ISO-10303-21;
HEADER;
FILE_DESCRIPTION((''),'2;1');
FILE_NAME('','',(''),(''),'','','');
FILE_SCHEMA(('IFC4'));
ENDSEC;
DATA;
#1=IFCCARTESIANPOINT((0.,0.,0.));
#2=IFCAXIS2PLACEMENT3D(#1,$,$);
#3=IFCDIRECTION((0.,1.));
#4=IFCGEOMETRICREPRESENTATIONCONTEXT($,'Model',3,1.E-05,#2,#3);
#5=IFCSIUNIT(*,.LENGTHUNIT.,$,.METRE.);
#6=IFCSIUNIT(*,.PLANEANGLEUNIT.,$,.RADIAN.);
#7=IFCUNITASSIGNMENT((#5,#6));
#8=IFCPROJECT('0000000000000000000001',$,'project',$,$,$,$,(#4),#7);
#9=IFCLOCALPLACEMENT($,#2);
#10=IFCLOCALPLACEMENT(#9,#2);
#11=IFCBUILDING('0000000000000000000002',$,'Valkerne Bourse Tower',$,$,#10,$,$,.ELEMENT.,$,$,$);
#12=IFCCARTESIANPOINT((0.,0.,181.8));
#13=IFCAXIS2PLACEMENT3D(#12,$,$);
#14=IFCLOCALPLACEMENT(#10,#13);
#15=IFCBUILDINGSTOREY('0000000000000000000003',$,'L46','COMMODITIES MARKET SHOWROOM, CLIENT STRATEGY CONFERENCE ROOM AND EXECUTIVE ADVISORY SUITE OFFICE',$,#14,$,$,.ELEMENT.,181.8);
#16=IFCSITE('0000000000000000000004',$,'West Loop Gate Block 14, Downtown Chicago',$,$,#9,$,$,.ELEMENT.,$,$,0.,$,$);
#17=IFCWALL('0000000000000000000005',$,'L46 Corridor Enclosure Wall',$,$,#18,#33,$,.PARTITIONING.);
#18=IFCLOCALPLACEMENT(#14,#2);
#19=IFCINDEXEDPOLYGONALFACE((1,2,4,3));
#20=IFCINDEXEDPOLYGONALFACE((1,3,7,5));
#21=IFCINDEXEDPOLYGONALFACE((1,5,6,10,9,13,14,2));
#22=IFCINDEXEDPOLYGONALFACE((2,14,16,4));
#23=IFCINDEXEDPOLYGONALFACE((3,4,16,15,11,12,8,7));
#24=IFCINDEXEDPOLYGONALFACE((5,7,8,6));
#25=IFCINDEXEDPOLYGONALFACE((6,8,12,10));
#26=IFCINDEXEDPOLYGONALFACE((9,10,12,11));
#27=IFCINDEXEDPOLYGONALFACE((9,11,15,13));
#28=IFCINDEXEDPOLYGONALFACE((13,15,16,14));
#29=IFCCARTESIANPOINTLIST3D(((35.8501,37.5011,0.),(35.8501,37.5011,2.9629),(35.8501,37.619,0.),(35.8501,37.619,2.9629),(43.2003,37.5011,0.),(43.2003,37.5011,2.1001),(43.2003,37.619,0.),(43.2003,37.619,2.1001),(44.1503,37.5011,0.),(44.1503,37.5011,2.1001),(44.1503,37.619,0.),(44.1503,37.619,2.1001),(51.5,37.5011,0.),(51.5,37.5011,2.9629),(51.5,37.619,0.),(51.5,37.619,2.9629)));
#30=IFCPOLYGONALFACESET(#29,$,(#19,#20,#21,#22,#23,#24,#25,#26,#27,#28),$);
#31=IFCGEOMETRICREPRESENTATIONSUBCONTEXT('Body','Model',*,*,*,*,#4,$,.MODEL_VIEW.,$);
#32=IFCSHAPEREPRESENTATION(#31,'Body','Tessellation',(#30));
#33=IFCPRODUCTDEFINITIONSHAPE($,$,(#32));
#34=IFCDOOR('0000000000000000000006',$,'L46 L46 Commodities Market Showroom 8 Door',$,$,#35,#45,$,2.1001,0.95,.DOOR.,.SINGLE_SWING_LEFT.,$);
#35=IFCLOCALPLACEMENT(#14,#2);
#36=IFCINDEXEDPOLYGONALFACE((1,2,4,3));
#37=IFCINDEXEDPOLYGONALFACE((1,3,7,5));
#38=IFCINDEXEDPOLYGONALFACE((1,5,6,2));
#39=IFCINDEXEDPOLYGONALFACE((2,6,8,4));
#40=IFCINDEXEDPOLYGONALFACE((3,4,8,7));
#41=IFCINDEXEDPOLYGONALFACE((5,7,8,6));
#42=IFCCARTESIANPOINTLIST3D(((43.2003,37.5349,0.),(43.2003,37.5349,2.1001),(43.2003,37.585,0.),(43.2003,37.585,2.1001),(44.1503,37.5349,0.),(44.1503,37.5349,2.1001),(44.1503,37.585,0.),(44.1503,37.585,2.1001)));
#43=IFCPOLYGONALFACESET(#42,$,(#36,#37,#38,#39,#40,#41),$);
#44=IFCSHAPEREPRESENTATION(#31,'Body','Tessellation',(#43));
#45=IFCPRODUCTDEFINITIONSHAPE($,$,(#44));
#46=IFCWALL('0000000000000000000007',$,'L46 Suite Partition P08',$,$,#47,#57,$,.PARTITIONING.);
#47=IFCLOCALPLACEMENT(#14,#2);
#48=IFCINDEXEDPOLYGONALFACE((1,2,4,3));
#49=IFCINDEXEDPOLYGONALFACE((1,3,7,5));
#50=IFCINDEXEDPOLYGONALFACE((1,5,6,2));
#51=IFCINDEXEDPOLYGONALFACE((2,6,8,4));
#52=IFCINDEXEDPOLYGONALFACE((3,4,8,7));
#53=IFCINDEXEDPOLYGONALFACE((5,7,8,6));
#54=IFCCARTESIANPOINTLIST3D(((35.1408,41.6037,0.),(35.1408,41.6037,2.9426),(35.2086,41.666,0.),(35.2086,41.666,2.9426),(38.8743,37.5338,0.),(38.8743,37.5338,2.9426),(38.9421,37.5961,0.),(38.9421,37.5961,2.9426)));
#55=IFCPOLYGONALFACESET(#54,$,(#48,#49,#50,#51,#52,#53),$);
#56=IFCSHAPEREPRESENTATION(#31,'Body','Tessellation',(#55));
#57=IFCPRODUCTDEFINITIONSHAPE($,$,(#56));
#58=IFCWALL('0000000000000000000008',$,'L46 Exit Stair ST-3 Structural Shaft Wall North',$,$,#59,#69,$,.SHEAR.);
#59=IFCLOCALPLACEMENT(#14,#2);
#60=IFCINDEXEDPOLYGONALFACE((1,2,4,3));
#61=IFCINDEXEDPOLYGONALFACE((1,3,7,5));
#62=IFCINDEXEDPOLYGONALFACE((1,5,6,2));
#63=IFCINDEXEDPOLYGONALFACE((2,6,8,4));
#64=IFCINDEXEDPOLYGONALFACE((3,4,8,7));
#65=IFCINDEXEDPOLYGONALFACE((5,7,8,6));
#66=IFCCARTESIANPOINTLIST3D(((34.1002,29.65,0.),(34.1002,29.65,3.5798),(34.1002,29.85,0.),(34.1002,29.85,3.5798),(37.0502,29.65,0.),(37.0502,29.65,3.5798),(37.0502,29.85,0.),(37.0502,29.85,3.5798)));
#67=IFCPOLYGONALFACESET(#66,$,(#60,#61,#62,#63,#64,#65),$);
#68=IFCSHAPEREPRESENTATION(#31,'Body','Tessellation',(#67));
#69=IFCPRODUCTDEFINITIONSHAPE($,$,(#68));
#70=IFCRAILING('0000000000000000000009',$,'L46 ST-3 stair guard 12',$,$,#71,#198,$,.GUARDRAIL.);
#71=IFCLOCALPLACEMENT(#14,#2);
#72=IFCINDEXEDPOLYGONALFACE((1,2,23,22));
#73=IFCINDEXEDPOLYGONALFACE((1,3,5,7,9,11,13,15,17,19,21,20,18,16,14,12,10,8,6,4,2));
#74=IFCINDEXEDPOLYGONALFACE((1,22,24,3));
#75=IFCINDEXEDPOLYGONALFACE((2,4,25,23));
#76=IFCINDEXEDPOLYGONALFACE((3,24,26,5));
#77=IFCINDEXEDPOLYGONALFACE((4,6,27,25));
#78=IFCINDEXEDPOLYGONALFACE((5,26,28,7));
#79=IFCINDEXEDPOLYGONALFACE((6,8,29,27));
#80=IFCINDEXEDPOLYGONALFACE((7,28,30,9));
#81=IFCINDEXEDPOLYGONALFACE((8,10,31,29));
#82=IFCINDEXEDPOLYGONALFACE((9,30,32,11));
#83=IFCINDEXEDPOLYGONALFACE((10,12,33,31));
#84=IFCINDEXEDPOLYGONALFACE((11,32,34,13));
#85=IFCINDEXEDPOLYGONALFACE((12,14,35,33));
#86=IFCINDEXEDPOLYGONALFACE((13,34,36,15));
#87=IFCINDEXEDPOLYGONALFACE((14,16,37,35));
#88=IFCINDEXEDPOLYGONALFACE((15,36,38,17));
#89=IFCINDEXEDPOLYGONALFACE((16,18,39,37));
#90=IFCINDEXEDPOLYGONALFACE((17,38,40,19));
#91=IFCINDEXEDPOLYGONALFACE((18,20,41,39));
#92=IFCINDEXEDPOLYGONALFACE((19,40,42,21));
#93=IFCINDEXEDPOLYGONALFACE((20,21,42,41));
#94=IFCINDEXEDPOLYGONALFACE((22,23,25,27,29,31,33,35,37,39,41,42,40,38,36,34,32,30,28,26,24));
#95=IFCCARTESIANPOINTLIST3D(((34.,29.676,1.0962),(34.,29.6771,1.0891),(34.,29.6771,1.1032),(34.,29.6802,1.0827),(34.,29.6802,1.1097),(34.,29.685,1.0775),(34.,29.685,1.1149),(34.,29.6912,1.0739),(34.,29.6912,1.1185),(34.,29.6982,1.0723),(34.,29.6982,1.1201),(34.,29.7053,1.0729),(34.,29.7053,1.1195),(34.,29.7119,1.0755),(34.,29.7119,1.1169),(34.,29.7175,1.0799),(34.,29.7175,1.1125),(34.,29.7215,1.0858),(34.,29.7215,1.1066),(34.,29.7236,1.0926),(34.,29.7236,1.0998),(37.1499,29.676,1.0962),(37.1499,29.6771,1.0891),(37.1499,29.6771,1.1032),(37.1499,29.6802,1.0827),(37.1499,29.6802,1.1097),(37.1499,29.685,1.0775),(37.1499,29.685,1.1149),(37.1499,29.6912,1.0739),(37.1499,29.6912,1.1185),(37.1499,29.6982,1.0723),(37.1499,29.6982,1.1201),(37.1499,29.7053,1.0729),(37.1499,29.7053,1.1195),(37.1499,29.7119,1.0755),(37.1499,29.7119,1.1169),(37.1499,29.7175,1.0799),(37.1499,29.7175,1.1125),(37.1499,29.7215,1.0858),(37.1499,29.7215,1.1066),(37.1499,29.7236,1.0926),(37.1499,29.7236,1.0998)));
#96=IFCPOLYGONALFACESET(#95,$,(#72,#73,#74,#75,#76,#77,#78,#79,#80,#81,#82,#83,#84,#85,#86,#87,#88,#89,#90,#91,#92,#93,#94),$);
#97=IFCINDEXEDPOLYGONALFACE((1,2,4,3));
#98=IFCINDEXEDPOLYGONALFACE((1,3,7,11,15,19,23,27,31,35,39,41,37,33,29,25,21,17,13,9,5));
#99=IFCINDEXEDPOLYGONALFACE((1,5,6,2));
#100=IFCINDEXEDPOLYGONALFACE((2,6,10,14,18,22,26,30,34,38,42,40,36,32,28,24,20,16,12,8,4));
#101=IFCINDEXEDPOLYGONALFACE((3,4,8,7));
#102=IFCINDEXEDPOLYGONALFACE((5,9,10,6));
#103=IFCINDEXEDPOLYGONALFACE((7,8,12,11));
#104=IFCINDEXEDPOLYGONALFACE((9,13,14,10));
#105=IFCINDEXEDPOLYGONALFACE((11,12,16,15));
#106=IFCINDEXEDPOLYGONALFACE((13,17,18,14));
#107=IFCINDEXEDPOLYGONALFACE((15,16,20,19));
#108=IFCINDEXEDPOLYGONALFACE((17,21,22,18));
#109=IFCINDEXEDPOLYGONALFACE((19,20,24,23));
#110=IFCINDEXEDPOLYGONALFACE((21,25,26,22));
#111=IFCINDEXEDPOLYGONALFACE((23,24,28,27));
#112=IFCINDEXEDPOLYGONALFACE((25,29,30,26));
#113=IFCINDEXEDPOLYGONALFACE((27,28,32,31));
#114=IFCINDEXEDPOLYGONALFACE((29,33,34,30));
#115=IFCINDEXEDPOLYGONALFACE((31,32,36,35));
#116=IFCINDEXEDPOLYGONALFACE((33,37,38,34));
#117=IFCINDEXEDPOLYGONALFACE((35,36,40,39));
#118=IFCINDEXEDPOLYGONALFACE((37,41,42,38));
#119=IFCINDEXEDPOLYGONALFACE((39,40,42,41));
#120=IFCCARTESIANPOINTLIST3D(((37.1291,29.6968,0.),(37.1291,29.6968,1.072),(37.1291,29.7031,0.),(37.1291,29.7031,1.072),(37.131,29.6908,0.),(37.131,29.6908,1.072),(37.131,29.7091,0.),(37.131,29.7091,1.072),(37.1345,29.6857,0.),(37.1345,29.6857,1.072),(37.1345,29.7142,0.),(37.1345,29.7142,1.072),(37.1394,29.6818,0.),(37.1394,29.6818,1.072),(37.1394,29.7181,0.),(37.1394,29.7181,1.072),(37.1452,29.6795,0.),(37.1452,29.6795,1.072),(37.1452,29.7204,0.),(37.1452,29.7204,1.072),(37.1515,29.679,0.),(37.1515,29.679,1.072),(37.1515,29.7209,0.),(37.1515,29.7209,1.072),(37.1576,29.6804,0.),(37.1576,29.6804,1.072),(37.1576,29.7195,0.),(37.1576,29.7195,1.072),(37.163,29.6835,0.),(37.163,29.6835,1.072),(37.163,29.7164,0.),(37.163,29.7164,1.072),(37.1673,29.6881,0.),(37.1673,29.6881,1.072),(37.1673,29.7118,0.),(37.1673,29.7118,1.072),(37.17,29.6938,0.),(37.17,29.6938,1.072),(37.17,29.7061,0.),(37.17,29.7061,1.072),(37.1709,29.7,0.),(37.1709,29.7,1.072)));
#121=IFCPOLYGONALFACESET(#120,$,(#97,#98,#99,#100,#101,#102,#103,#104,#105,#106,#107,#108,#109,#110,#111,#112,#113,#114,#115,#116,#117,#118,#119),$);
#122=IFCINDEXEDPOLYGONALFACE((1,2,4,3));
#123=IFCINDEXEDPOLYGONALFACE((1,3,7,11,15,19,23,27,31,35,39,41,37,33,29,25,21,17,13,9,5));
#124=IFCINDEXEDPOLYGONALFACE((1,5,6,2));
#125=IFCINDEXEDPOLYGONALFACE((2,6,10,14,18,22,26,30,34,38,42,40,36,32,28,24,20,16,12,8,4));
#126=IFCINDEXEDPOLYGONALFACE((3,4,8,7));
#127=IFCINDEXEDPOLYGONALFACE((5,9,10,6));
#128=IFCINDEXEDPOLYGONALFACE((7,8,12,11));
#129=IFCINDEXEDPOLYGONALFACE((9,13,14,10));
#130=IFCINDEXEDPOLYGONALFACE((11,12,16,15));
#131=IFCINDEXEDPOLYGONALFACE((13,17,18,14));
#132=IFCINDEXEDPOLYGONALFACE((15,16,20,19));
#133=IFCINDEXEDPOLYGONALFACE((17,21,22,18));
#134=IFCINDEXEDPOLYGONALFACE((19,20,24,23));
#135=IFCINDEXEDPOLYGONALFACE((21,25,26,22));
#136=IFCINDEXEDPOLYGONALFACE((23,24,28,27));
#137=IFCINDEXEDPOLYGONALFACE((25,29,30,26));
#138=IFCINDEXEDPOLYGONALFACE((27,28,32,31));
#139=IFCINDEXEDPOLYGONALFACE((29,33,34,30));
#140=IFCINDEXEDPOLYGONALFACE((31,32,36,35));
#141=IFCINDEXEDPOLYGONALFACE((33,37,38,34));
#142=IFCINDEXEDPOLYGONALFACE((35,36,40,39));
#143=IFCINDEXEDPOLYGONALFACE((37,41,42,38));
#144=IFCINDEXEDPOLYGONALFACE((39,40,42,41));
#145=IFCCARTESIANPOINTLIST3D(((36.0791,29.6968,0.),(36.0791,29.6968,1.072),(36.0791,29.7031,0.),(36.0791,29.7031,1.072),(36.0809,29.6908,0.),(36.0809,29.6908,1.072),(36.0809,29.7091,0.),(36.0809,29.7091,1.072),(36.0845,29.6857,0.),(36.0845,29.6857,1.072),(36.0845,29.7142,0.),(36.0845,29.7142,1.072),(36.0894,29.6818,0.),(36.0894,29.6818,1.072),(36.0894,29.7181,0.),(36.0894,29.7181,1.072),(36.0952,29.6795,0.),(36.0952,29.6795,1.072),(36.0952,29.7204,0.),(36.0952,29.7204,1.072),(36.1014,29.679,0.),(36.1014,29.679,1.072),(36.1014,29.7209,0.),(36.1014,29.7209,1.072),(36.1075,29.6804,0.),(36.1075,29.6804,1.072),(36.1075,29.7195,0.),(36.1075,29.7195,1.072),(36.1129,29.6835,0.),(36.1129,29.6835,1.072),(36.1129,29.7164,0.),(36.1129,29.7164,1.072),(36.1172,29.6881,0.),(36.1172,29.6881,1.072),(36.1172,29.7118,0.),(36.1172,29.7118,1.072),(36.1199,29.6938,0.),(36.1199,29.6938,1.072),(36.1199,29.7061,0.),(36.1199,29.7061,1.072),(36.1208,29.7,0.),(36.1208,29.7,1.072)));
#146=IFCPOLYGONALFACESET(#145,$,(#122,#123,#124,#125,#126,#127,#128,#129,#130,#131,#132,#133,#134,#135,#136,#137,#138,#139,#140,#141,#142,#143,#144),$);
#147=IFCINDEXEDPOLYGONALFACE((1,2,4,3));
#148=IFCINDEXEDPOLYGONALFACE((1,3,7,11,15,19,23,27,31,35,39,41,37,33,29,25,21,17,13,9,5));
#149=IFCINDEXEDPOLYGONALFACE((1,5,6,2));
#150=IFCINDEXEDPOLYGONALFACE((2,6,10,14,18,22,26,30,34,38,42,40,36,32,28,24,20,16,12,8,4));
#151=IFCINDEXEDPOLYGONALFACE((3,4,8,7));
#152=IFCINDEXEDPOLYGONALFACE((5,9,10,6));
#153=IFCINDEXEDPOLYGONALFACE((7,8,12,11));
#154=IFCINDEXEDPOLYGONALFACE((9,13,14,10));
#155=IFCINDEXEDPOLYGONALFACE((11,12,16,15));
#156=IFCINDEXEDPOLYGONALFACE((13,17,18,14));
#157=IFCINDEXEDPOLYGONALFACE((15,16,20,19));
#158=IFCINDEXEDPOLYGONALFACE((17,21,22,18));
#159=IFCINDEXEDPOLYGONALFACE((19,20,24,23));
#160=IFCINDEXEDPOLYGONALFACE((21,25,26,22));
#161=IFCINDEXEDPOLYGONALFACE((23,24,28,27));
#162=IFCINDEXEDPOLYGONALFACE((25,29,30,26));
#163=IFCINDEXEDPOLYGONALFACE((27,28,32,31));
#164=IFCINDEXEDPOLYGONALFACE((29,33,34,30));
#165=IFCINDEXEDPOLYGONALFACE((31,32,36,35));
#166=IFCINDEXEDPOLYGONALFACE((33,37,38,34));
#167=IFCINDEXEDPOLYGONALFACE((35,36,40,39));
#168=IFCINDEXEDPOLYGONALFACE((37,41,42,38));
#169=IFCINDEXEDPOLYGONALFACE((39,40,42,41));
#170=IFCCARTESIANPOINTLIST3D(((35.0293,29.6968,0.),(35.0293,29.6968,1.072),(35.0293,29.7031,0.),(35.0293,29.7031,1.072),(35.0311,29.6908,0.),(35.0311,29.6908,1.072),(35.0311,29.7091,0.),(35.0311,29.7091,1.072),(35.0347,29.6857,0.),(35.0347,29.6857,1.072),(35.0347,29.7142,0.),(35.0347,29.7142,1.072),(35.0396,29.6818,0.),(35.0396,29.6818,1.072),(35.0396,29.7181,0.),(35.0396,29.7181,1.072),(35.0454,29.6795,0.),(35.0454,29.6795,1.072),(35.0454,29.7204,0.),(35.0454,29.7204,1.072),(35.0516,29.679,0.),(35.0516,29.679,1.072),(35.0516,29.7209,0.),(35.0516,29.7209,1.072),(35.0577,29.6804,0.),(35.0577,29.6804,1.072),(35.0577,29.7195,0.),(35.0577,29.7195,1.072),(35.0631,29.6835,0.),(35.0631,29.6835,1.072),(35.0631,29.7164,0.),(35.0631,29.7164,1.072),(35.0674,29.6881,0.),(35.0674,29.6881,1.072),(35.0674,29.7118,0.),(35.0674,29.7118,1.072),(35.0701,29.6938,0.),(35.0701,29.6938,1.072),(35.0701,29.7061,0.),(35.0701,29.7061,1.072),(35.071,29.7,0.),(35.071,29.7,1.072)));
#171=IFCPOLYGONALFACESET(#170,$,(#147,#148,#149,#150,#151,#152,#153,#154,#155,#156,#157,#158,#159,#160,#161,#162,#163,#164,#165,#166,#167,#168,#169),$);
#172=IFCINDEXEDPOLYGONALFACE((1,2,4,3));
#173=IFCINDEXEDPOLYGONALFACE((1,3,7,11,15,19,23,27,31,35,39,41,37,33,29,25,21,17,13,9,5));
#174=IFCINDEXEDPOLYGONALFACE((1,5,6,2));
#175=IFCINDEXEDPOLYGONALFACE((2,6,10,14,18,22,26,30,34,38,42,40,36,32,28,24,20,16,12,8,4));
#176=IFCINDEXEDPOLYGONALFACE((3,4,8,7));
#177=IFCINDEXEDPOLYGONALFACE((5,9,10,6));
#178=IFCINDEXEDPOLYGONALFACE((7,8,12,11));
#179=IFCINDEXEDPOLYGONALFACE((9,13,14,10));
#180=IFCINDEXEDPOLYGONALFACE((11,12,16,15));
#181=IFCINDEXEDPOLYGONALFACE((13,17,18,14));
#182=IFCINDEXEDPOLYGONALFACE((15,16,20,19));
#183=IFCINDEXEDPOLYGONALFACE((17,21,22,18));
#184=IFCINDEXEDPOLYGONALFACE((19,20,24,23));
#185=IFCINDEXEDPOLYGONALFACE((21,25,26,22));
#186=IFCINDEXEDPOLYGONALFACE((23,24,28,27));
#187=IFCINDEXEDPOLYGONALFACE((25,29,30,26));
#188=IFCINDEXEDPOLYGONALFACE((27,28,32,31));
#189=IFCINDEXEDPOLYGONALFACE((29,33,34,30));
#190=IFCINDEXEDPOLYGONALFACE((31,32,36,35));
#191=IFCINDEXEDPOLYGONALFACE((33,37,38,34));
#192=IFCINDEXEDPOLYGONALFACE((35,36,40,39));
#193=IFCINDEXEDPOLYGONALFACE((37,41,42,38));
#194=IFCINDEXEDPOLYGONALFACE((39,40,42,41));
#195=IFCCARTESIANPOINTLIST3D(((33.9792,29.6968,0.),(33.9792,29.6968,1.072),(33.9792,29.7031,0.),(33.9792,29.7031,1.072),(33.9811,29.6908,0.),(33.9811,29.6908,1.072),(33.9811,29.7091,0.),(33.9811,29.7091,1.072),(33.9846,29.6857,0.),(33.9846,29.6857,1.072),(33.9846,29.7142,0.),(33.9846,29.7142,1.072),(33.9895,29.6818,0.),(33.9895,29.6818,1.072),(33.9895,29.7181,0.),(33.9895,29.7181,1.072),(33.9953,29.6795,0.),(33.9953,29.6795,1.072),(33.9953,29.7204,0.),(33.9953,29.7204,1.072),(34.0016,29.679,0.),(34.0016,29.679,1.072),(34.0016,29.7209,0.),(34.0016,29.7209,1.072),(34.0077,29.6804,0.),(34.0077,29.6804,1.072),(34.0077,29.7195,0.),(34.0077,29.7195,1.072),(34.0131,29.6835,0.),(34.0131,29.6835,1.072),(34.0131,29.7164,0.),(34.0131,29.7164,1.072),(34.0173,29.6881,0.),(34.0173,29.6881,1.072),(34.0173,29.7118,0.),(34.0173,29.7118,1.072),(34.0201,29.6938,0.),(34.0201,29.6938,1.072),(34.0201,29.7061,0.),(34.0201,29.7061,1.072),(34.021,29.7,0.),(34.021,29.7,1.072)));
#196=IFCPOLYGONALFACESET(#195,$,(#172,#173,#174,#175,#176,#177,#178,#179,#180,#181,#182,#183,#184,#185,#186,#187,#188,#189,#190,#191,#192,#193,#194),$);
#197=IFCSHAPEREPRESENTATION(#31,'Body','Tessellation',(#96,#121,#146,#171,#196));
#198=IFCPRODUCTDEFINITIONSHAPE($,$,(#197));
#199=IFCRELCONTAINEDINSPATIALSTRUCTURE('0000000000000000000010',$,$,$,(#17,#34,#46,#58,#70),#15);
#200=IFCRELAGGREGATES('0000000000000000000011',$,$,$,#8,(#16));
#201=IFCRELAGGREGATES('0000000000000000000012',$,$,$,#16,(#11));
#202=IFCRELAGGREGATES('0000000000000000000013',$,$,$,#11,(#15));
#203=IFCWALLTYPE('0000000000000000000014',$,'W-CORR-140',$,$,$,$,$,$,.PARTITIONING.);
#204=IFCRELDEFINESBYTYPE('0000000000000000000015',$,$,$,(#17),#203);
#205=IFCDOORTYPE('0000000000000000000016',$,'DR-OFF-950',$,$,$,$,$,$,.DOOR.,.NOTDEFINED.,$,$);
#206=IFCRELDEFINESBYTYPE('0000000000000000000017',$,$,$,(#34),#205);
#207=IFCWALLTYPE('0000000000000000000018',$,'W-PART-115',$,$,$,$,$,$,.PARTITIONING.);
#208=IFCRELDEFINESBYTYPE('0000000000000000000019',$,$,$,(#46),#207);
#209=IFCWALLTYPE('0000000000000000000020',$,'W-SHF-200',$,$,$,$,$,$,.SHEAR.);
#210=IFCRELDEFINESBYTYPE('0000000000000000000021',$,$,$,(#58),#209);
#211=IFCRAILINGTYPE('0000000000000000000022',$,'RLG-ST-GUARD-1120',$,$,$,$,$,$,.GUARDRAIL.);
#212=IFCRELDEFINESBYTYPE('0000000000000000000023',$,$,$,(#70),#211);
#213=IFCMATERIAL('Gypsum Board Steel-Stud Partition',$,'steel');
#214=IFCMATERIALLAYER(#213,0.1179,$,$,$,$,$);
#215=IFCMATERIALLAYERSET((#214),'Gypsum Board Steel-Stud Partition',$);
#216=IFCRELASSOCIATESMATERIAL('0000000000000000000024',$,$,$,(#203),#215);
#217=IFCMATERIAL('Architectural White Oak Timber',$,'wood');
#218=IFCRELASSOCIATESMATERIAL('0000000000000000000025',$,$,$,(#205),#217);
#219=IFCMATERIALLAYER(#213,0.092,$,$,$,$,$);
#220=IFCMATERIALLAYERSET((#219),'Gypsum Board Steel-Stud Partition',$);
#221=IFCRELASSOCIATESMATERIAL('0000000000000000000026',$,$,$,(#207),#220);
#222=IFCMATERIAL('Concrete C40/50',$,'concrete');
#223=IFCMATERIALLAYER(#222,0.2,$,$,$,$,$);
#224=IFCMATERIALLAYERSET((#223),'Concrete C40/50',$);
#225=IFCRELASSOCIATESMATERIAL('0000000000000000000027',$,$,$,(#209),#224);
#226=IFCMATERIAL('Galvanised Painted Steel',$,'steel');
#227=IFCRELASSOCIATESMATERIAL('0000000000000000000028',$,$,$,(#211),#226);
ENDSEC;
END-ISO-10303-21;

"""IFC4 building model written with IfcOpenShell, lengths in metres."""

from ifc_helpers import new_model, si_unit, direction, frame, frame_2d, origin, origin_2d, place, context, subcontext, project, spatial, rectangle, circle, extrude, material, layer, layer_set, type_object, element, fill, save


model = new_model("IFC4")

# Units and contexts
model_context = context("Model", 3, precision=1e-05, world=origin(), true_north=direction((0.0, 1.0)))
body_context = subcontext(model_context, "Body", "Model", "MODEL_VIEW")
ifc_project = project(units=[si_unit("LENGTHUNIT", "METRE"), si_unit("PLANEANGLEUNIT", "RADIAN")], contexts=[model_context])

# Site, building, storey
site_placement = place(None, origin())
site = spatial("IfcSite", under=ifc_project, at=site_placement, Name="West Loop Gate Block 14, Downtown Chicago", CompositionType="ELEMENT", RefElevation=0.0)
building_placement = place(site_placement, origin())
building = spatial("IfcBuilding", under=site, at=building_placement, Name="Valkerne Bourse Tower", CompositionType="ELEMENT")
storey_placement = place(building_placement, frame((0.0, 0.0, 181.8)))
storey = spatial("IfcBuildingStorey", under=building, at=storey_placement, Name="L46", Description="COMMODITIES MARKET SHOWROOM, CLIENT STRATEGY CONFERENCE ROOM AND EXECUTIVE ADVISORY SUITE OFFICE", CompositionType="ELEMENT", Elevation=181.8)

# Shared definitions
ifc_material_1 = material(Name="Galvanised Painted Steel", Category="steel")

# Shared definitions
ifc_material_2 = material(Name="Gypsum Board Steel-Stud Partition", Category="steel")
ifc_layer_1 = layer(ifc_material_2, 0.1179)
ifc_layer_set_1 = layer_set([ifc_layer_1], Name="Gypsum Board Steel-Stud Partition")
wall_type_1 = type_object("IfcWallType", Name="W-CORR-140", PredefinedType="PARTITIONING", material=ifc_layer_set_1)

# Wall, opening, door
wall_1_placement = place(storey_placement, frame((35.8501, 37.5601, 0.0), z_axis=(0.0, 0.0, 1.0), x_axis=(1.0, 0.0, 0.0)))
wall_1 = element("IfcWall", 1, at=wall_1_placement, inside=storey, type_object=wall_type_1, Name="L46 Corridor Enclosure Wall", PredefinedType="PARTITIONING", context=body_context, shape_type="SweptSolid", body=[
    extrude(rectangle(XDim=15.6499, YDim=0.1179, at=frame_2d((7.825, 0.0))), origin(), (0.0, 0.0, 1.0), 2.9629),
])
opening_1_placement = place(wall_1_placement, frame((7.3501, 0.0, 0.0)))
opening_1 = element("IfcOpeningElement", 2, at=opening_1_placement, cuts=wall_1, PredefinedType="OPENING", context=body_context, shape_type="SweptSolid", body=[
    extrude(rectangle(XDim=0.95, YDim=2.1001, at=frame_2d((0.4751, 1.05))), frame((0.0, 0.0688, 0.0), z_axis=(0.0, -1.0, 0.0), x_axis=(1.0, 0.0, 0.0)), (0.0, 0.0, 1.0), 0.1379),
])
ifc_material_3 = material(Name="Architectural White Oak Timber", Category="wood")
door_type_1 = type_object("IfcDoorType", Name="DR-OFF-950", OperationType="NOTDEFINED", PredefinedType="DOOR", material=ifc_material_3)
door_1_placement = place(opening_1_placement, origin())
door_1 = element("IfcDoor", 3, at=door_1_placement, inside=storey, type_object=door_type_1, Name="L46 L46 Commodities Market Showroom 8 Door", OperationType="SINGLE_SWING_LEFT", OverallHeight=2.1001, OverallWidth=0.95, PredefinedType="DOOR", context=body_context, shape_type="SweptSolid", body=[
    extrude(rectangle(XDim=0.95, YDim=2.1001, at=frame_2d((0.4751, 1.05))), frame((0.0, 0.0249, 0.0), z_axis=(0.0, -1.0, 0.0), x_axis=(1.0, 0.0, 0.0)), (0.0, 0.0, 1.0), 0.05),
])
fill(opening_1, door_1)

# Walls
ifc_layer_2 = layer(ifc_material_2, 0.092)
ifc_layer_set_2 = layer_set([ifc_layer_2], Name="Gypsum Board Steel-Stud Partition")
wall_type_2 = type_object("IfcWallType", Name="W-PART-115", PredefinedType="PARTITIONING", material=ifc_layer_set_2)
wall_2_placement = place(storey_placement, frame((38.9082, 37.5649, 0.0), z_axis=(0.0, 0.0, 1.0), x_axis=(-0.675993, 0.736908, 0.0)))
element("IfcWall", 4, at=wall_2_placement, inside=storey, type_object=wall_type_2, Name="L46 Suite Partition P08", PredefinedType="PARTITIONING", context=body_context, shape_type="SweptSolid", body=[
    extrude(rectangle(XDim=5.5229, YDim=0.092, at=frame_2d((2.7615, 0.0))), origin(), (0.0, 0.0, 1.0), 2.9426),
])
ifc_material_4 = material(Name="Concrete C40/50", Category="concrete")
ifc_layer_3 = layer(ifc_material_4, 0.2)
ifc_layer_set_3 = layer_set([ifc_layer_3], Name="Concrete C40/50")
wall_type_3 = type_object("IfcWallType", Name="W-SHF-200", PredefinedType="SHEAR", material=ifc_layer_set_3)
wall_3_placement = place(storey_placement, frame((34.1001, 29.75, 0.0), z_axis=(0.0, 0.0, 1.0), x_axis=(1.0, 0.0, 0.0)))
element("IfcWall", 5, at=wall_3_placement, inside=storey, type_object=wall_type_3, Name="L46 Exit Stair ST-3 Structural Shaft Wall North", PredefinedType="SHEAR", context=body_context, shape_type="SweptSolid", body=[
    extrude(rectangle(XDim=2.95, YDim=0.2, at=frame_2d((1.4751, 0.0))), origin(), (0.0, 0.0, 1.0), 3.5798),
])

# Railing
railing_type = type_object("IfcRailingType", Name="RLG-ST-GUARD-1120", PredefinedType="GUARDRAIL", material=ifc_material_1)
railing_placement = place(storey_placement, frame((37.1499, 29.7, 0.0)))
element("IfcRailing", 6, at=railing_placement, inside=storey, type_object=railing_type, Name="L46 ST-3 stair guard 12", PredefinedType="GUARDRAIL", context=body_context, shape_type="SweptSolid", body=[
    extrude(circle(Radius=0.0239, at=origin_2d()), frame((0.0, 0.0, 1.0962), z_axis=(-1.0, 0.0, 0.0), x_axis=(0.0, -1.0, 0.0)), (0.0, 0.0, 1.0), 3.1499),
    extrude(circle(Radius=0.021, at=origin_2d()), origin(), (0.0, 0.0, 1.0), 1.072),
    extrude(circle(Radius=0.021, at=origin_2d()), frame((-1.05, 0.0, 0.0)), (0.0, 0.0, 1.0), 1.072),
    extrude(circle(Radius=0.021, at=origin_2d()), frame((-2.0999, 0.0, 0.0)), (0.0, 0.0, 1.0), 1.072),
    extrude(circle(Radius=0.021, at=origin_2d()), frame((-3.1499, 0.0, 0.0)), (0.0, 0.0, 1.0), 1.072),
])

save(model, "model.ifc")
